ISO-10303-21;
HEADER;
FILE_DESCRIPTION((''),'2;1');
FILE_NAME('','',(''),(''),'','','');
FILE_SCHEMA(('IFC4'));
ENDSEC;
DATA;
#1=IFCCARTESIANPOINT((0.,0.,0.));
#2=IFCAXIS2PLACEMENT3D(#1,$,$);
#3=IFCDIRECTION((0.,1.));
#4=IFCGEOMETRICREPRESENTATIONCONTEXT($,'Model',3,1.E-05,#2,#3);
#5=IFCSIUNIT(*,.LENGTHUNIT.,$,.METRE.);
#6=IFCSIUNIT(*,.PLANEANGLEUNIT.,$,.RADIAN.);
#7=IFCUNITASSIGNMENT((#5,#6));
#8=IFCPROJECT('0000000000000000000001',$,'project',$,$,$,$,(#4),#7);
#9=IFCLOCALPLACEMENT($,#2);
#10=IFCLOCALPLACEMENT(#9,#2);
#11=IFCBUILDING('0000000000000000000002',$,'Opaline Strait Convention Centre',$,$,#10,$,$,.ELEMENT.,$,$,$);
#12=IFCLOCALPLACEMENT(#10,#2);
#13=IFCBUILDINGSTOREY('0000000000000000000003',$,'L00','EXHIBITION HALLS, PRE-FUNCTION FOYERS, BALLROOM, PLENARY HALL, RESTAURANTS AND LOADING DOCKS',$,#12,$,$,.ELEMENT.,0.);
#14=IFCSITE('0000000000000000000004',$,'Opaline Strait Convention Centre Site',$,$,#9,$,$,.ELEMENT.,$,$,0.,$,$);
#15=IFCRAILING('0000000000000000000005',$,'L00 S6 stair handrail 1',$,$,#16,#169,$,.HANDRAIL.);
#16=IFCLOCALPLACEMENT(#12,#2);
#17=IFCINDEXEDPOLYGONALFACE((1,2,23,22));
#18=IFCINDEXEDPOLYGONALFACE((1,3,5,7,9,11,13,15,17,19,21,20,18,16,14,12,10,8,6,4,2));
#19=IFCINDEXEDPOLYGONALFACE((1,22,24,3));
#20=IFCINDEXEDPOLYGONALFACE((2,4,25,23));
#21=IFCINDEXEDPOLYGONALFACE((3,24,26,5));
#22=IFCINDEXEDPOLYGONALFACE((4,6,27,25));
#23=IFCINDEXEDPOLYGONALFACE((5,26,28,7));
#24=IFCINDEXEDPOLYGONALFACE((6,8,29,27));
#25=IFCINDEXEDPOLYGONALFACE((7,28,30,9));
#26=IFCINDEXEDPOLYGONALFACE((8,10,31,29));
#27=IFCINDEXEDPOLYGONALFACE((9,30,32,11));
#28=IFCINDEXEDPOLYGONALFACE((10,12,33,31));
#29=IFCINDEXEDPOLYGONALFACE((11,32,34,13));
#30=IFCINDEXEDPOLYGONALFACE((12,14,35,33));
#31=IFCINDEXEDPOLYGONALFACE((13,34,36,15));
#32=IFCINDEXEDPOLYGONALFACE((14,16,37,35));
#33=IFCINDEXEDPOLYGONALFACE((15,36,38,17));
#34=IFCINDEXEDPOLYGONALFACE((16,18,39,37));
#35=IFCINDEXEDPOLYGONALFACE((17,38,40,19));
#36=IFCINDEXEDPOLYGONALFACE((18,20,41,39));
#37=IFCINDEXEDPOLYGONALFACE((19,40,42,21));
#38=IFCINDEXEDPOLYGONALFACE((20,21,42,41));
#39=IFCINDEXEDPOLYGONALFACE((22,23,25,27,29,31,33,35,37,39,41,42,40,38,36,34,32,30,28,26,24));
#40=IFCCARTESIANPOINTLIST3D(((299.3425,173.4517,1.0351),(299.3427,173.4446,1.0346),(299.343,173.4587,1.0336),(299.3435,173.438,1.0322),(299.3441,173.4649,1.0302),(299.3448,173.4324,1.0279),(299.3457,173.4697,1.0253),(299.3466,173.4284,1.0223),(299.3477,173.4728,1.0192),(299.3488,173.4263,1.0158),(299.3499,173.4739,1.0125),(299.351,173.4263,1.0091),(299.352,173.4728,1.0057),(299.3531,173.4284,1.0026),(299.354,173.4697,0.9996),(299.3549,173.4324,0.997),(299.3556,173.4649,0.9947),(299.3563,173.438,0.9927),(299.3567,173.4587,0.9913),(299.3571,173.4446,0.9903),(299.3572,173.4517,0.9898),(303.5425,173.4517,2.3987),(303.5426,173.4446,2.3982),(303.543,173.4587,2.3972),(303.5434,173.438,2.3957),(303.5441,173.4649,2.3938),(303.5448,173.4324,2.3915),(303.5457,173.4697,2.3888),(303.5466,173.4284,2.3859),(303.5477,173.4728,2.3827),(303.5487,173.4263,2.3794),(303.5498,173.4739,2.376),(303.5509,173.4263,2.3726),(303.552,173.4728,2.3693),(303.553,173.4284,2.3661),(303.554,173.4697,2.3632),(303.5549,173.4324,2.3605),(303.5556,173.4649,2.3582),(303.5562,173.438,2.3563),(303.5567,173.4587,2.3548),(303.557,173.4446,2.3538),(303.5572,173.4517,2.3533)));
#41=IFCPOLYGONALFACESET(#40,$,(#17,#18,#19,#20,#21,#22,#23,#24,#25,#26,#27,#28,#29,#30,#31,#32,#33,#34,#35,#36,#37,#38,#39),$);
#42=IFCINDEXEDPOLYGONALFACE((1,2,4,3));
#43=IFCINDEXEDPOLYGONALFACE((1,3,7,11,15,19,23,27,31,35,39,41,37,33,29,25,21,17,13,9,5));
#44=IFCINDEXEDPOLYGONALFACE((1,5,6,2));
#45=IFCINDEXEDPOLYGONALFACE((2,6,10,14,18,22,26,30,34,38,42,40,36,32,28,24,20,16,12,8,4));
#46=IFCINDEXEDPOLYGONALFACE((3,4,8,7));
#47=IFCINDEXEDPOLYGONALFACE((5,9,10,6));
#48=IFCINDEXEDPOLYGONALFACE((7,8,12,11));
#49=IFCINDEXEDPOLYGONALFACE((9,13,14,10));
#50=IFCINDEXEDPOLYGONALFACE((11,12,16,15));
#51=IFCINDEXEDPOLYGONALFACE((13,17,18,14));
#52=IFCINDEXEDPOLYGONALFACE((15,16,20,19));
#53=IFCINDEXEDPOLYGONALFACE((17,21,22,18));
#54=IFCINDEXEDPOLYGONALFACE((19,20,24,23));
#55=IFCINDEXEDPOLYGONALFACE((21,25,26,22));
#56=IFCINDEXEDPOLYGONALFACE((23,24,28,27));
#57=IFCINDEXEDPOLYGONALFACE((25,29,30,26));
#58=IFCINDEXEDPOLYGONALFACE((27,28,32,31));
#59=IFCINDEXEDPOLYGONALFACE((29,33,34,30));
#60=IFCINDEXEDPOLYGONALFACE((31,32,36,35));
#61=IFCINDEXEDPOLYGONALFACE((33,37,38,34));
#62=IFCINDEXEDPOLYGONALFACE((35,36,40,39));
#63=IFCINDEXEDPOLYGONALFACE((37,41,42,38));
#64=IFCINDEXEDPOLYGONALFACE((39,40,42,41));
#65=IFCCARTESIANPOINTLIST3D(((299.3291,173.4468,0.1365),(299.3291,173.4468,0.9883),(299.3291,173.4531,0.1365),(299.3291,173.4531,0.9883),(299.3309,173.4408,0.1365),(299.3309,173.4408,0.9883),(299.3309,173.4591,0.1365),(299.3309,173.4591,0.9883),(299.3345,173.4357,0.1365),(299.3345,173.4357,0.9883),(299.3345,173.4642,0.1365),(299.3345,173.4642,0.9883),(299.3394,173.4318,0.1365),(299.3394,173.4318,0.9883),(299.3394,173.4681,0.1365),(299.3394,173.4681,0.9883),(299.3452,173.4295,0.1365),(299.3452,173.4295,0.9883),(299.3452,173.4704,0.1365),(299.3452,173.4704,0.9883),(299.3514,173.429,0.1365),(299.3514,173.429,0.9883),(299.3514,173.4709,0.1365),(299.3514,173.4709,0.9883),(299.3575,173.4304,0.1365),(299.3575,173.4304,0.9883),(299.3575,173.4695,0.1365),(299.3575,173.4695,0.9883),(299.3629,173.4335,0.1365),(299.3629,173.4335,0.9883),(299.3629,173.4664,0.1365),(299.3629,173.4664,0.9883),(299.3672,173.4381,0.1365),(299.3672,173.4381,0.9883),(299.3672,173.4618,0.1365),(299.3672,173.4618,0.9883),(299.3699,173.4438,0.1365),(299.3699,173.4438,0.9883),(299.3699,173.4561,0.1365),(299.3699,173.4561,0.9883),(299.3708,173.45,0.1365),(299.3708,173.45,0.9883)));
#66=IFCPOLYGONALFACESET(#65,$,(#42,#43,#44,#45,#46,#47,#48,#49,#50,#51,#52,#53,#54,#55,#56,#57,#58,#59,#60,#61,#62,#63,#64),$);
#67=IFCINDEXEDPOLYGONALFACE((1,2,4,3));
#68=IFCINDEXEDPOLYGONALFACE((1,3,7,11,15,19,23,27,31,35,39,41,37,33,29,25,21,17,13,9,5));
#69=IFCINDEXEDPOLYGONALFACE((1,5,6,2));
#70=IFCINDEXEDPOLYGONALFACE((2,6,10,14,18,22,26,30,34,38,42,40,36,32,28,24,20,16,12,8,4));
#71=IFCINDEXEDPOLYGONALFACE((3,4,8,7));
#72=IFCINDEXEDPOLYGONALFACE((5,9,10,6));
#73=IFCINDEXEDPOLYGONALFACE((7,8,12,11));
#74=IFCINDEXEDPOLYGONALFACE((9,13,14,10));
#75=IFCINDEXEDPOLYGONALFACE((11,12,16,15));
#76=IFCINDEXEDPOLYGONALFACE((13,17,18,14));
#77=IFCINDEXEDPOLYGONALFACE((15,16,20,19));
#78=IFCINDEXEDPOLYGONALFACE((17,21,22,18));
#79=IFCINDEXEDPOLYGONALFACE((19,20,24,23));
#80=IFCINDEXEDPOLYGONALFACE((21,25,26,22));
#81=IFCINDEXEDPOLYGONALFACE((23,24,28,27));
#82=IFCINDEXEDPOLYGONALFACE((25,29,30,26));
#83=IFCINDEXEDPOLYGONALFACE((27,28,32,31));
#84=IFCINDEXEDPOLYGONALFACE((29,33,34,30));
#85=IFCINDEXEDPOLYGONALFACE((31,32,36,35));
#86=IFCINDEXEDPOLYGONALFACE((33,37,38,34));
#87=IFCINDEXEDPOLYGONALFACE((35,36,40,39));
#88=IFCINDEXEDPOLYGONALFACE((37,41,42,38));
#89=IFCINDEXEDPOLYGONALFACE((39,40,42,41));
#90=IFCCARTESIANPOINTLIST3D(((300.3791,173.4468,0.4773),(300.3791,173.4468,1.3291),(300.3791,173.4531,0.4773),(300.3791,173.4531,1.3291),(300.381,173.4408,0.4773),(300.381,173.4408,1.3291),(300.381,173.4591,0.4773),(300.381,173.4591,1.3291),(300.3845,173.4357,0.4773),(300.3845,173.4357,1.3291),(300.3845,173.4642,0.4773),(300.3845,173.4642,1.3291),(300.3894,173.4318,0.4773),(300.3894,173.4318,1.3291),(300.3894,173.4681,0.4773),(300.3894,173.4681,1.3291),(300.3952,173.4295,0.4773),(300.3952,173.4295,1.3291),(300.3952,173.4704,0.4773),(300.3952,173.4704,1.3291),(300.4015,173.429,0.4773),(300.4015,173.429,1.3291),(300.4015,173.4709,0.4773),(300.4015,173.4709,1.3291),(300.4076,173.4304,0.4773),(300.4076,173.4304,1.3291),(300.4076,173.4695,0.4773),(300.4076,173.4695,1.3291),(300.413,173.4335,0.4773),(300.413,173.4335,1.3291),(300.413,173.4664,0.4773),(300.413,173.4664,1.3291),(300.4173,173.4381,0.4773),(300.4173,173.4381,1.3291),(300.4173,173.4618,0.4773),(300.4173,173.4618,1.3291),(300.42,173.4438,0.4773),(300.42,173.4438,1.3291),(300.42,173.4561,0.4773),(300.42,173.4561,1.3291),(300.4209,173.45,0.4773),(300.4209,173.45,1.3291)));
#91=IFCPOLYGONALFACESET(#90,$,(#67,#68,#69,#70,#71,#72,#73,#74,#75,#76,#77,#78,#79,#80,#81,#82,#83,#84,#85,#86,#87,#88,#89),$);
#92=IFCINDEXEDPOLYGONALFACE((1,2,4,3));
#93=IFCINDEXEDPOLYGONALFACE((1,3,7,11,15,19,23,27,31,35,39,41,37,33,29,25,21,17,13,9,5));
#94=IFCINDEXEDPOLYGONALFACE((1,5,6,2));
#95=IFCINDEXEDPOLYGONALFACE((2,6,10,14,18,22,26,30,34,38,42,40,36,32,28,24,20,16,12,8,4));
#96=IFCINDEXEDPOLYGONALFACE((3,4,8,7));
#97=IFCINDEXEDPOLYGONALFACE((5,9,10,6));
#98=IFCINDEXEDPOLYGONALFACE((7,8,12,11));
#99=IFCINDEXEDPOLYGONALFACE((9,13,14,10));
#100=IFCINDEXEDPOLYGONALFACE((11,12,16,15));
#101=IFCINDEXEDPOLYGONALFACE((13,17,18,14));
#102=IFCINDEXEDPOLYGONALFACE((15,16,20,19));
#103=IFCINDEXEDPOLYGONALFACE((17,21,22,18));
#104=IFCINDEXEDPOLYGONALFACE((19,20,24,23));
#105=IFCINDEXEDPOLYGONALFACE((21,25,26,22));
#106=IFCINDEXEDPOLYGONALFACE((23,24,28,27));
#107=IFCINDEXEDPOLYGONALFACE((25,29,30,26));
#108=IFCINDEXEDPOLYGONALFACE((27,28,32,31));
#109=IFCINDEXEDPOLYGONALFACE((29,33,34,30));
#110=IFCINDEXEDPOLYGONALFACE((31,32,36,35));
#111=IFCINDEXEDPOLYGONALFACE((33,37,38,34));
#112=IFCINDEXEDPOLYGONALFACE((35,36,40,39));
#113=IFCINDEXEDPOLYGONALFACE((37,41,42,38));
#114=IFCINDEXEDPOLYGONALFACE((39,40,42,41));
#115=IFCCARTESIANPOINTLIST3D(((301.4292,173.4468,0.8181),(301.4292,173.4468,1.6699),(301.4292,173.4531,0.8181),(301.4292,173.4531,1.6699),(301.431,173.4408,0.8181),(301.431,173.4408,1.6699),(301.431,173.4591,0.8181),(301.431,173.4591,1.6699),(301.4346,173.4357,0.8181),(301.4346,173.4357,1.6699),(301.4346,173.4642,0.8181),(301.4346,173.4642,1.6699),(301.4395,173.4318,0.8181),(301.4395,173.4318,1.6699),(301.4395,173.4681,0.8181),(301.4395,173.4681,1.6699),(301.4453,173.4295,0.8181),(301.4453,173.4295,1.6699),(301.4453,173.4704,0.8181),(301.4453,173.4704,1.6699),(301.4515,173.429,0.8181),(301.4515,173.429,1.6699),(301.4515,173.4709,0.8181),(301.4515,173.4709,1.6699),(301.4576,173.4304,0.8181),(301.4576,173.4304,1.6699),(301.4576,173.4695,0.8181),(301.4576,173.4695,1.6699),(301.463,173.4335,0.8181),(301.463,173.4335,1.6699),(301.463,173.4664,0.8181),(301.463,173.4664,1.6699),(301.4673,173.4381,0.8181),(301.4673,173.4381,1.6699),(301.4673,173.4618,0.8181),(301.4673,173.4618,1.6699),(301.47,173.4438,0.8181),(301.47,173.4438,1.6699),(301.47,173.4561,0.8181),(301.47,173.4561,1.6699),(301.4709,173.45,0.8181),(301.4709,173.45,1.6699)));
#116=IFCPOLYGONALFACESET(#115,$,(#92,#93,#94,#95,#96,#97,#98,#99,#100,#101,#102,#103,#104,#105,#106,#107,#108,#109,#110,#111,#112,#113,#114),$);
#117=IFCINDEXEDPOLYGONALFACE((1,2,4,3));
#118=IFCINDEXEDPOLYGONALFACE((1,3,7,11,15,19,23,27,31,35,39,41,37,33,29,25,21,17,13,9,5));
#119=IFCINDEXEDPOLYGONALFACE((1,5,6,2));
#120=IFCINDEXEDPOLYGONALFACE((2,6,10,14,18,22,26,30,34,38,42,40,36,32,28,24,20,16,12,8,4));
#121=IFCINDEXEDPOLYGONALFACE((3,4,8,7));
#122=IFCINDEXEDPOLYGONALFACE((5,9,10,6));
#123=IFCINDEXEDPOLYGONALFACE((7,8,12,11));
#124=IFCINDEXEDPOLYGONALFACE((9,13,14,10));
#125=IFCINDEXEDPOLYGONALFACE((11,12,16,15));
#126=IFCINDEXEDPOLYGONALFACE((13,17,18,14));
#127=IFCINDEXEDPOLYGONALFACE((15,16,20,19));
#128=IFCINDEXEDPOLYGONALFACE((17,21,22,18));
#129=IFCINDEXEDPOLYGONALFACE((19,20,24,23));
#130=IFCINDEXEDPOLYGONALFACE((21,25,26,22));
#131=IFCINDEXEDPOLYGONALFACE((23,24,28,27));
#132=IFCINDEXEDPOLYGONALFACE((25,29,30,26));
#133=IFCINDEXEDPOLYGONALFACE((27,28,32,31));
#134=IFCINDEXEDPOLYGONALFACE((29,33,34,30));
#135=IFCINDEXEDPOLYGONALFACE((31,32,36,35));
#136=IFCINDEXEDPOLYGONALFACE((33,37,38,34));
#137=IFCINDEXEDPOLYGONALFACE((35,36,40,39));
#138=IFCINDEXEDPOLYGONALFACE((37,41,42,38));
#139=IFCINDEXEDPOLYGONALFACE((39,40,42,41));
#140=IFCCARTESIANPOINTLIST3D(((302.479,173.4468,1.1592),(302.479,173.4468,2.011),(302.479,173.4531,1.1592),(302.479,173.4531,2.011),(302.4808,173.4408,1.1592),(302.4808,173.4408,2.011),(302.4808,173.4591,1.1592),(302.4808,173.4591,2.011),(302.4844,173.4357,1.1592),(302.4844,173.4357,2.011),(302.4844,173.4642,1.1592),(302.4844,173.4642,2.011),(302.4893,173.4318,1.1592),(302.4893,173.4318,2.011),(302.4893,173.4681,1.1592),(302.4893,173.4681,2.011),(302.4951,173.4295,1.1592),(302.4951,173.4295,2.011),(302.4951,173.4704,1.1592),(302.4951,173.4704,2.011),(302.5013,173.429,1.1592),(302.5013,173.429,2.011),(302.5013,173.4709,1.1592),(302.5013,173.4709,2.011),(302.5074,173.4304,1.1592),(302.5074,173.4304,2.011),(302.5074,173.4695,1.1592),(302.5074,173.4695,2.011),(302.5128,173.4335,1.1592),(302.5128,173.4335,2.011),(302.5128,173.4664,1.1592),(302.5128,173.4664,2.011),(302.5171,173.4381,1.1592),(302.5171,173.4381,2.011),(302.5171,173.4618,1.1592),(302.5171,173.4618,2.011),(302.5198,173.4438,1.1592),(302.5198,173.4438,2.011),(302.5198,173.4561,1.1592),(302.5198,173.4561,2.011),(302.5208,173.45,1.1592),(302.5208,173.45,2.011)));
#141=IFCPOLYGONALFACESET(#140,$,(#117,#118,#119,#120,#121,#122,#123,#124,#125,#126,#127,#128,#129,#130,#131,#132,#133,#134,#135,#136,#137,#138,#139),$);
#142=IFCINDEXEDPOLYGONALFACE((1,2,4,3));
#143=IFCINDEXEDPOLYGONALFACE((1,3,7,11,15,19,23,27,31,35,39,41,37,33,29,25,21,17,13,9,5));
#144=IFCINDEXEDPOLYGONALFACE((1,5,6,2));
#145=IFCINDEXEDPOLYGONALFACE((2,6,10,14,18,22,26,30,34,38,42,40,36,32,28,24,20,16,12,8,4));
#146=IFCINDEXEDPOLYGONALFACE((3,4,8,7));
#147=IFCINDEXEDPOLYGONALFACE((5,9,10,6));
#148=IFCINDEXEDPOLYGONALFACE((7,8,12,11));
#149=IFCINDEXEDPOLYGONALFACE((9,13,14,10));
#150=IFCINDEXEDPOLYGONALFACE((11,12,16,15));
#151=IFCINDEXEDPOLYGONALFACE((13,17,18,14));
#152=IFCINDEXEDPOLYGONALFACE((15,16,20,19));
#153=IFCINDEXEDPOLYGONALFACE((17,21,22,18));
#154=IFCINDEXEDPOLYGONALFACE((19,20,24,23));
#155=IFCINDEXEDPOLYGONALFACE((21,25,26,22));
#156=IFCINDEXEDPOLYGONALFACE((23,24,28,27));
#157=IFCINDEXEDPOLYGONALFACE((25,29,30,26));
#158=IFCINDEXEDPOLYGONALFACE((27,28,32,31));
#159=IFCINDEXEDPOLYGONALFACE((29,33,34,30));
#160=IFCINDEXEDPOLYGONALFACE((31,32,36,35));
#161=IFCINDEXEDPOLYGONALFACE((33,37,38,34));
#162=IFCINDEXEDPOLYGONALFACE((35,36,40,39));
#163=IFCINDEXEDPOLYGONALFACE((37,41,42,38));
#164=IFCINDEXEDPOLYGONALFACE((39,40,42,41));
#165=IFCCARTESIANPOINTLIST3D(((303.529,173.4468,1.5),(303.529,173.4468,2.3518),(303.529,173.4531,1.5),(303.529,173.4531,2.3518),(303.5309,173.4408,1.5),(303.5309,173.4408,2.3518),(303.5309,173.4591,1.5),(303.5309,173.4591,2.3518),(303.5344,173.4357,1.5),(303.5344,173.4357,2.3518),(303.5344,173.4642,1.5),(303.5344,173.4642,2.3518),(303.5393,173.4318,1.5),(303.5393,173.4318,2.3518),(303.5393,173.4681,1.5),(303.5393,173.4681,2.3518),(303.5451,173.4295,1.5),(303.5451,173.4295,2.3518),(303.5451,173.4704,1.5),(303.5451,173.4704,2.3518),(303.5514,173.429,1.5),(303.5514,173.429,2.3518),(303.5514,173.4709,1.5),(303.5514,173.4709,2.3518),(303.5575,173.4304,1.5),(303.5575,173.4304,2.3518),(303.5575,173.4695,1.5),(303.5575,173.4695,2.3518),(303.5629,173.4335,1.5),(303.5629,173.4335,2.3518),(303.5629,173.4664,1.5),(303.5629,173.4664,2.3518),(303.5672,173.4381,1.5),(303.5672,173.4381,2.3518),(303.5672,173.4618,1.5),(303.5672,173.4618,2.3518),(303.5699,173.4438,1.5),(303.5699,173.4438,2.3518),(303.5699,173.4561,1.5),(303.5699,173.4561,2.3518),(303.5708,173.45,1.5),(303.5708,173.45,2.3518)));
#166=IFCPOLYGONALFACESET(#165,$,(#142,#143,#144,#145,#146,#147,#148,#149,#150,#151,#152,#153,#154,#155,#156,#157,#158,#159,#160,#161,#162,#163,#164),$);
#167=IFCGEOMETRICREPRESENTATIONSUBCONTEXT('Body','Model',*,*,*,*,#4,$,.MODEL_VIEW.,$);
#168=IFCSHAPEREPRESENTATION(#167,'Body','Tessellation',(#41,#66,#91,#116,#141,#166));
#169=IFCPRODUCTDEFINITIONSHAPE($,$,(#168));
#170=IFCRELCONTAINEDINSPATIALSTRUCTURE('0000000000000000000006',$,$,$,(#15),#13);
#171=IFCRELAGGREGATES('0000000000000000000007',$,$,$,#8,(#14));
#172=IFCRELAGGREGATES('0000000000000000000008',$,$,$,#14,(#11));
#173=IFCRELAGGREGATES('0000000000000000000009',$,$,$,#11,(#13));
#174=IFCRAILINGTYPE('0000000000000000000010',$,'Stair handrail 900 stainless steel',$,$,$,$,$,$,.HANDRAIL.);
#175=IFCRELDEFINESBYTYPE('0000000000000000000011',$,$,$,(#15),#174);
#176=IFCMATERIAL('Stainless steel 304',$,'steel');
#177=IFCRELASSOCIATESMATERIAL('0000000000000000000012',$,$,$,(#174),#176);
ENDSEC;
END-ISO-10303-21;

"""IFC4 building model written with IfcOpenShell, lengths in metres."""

from ifc_helpers import new_model, si_unit, direction, frame, origin, origin_2d, place, context, subcontext, project, spatial, circle, extrude, material, type_object, element, save


model = new_model("IFC4")

# Units and contexts
model_context = context("Model", 3, precision=1e-05, world=origin(), true_north=direction((0.0, 1.0)))
body_context = subcontext(model_context, "Body", "Model", "MODEL_VIEW")
ifc_project = project(units=[si_unit("LENGTHUNIT", "METRE"), si_unit("PLANEANGLEUNIT", "RADIAN")], contexts=[model_context])

# Site, building, storey
site_placement = place(None, origin())
site = spatial("IfcSite", under=ifc_project, at=site_placement, Name="Opaline Strait Convention Centre Site", CompositionType="ELEMENT", RefElevation=0.0)
building_placement = place(site_placement, origin())
building = spatial("IfcBuilding", under=site, at=building_placement, Name="Opaline Strait Convention Centre", CompositionType="ELEMENT")
storey_placement = place(building_placement, origin())
storey = spatial("IfcBuildingStorey", under=building, at=storey_placement, Name="L00", Description="EXHIBITION HALLS, PRE-FUNCTION FOYERS, BALLROOM, PLENARY HALL, RESTAURANTS AND LOADING DOCKS", CompositionType="ELEMENT", Elevation=0.0)

# Railing
ifc_material_1 = material(Name="Stainless steel 304", Category="steel")
railing_type_1 = type_object("IfcRailingType", Name="Stair handrail 900 stainless steel", PredefinedType="HANDRAIL", material=ifc_material_1)
for number, where, name in (
    (1, (299.3499, 173.45, 0.1365), "L00 S6 stair handrail 1"),
):
    element("IfcRailing", number, at=place(storey_placement, frame(where)), inside=storey, type_object=railing_type_1, Name=name, PredefinedType="HANDRAIL", context=body_context, shape_type="SweptSolid", body=[
        extrude(circle(Radius=0.0239, at=origin_2d()), frame((0.0, 0.0, 0.876), z_axis=(0.951131, 0.0, 0.308787), x_axis=(0.0, 1.0, 0.0)), (0.0, 0.0, 1.0), 4.4158),
        extrude(circle(Radius=0.021, at=origin_2d()), origin(), (0.0, 0.0, 1.0), 0.8518),
        extrude(circle(Radius=0.021, at=origin_2d()), frame((1.05, 0.0, 0.3408)), (0.0, 0.0, 1.0), 0.8518),
        extrude(circle(Radius=0.021, at=origin_2d()), frame((2.1001, 0.0, 0.6816)), (0.0, 0.0, 1.0), 0.8518),
        extrude(circle(Radius=0.021, at=origin_2d()), frame((3.1499, 0.0, 1.0227)), (0.0, 0.0, 1.0), 0.8518),
        extrude(circle(Radius=0.021, at=origin_2d()), frame((4.2, 0.0, 1.3635)), (0.0, 0.0, 1.0), 0.8518),
    ])

save(model, "model.ifc")
